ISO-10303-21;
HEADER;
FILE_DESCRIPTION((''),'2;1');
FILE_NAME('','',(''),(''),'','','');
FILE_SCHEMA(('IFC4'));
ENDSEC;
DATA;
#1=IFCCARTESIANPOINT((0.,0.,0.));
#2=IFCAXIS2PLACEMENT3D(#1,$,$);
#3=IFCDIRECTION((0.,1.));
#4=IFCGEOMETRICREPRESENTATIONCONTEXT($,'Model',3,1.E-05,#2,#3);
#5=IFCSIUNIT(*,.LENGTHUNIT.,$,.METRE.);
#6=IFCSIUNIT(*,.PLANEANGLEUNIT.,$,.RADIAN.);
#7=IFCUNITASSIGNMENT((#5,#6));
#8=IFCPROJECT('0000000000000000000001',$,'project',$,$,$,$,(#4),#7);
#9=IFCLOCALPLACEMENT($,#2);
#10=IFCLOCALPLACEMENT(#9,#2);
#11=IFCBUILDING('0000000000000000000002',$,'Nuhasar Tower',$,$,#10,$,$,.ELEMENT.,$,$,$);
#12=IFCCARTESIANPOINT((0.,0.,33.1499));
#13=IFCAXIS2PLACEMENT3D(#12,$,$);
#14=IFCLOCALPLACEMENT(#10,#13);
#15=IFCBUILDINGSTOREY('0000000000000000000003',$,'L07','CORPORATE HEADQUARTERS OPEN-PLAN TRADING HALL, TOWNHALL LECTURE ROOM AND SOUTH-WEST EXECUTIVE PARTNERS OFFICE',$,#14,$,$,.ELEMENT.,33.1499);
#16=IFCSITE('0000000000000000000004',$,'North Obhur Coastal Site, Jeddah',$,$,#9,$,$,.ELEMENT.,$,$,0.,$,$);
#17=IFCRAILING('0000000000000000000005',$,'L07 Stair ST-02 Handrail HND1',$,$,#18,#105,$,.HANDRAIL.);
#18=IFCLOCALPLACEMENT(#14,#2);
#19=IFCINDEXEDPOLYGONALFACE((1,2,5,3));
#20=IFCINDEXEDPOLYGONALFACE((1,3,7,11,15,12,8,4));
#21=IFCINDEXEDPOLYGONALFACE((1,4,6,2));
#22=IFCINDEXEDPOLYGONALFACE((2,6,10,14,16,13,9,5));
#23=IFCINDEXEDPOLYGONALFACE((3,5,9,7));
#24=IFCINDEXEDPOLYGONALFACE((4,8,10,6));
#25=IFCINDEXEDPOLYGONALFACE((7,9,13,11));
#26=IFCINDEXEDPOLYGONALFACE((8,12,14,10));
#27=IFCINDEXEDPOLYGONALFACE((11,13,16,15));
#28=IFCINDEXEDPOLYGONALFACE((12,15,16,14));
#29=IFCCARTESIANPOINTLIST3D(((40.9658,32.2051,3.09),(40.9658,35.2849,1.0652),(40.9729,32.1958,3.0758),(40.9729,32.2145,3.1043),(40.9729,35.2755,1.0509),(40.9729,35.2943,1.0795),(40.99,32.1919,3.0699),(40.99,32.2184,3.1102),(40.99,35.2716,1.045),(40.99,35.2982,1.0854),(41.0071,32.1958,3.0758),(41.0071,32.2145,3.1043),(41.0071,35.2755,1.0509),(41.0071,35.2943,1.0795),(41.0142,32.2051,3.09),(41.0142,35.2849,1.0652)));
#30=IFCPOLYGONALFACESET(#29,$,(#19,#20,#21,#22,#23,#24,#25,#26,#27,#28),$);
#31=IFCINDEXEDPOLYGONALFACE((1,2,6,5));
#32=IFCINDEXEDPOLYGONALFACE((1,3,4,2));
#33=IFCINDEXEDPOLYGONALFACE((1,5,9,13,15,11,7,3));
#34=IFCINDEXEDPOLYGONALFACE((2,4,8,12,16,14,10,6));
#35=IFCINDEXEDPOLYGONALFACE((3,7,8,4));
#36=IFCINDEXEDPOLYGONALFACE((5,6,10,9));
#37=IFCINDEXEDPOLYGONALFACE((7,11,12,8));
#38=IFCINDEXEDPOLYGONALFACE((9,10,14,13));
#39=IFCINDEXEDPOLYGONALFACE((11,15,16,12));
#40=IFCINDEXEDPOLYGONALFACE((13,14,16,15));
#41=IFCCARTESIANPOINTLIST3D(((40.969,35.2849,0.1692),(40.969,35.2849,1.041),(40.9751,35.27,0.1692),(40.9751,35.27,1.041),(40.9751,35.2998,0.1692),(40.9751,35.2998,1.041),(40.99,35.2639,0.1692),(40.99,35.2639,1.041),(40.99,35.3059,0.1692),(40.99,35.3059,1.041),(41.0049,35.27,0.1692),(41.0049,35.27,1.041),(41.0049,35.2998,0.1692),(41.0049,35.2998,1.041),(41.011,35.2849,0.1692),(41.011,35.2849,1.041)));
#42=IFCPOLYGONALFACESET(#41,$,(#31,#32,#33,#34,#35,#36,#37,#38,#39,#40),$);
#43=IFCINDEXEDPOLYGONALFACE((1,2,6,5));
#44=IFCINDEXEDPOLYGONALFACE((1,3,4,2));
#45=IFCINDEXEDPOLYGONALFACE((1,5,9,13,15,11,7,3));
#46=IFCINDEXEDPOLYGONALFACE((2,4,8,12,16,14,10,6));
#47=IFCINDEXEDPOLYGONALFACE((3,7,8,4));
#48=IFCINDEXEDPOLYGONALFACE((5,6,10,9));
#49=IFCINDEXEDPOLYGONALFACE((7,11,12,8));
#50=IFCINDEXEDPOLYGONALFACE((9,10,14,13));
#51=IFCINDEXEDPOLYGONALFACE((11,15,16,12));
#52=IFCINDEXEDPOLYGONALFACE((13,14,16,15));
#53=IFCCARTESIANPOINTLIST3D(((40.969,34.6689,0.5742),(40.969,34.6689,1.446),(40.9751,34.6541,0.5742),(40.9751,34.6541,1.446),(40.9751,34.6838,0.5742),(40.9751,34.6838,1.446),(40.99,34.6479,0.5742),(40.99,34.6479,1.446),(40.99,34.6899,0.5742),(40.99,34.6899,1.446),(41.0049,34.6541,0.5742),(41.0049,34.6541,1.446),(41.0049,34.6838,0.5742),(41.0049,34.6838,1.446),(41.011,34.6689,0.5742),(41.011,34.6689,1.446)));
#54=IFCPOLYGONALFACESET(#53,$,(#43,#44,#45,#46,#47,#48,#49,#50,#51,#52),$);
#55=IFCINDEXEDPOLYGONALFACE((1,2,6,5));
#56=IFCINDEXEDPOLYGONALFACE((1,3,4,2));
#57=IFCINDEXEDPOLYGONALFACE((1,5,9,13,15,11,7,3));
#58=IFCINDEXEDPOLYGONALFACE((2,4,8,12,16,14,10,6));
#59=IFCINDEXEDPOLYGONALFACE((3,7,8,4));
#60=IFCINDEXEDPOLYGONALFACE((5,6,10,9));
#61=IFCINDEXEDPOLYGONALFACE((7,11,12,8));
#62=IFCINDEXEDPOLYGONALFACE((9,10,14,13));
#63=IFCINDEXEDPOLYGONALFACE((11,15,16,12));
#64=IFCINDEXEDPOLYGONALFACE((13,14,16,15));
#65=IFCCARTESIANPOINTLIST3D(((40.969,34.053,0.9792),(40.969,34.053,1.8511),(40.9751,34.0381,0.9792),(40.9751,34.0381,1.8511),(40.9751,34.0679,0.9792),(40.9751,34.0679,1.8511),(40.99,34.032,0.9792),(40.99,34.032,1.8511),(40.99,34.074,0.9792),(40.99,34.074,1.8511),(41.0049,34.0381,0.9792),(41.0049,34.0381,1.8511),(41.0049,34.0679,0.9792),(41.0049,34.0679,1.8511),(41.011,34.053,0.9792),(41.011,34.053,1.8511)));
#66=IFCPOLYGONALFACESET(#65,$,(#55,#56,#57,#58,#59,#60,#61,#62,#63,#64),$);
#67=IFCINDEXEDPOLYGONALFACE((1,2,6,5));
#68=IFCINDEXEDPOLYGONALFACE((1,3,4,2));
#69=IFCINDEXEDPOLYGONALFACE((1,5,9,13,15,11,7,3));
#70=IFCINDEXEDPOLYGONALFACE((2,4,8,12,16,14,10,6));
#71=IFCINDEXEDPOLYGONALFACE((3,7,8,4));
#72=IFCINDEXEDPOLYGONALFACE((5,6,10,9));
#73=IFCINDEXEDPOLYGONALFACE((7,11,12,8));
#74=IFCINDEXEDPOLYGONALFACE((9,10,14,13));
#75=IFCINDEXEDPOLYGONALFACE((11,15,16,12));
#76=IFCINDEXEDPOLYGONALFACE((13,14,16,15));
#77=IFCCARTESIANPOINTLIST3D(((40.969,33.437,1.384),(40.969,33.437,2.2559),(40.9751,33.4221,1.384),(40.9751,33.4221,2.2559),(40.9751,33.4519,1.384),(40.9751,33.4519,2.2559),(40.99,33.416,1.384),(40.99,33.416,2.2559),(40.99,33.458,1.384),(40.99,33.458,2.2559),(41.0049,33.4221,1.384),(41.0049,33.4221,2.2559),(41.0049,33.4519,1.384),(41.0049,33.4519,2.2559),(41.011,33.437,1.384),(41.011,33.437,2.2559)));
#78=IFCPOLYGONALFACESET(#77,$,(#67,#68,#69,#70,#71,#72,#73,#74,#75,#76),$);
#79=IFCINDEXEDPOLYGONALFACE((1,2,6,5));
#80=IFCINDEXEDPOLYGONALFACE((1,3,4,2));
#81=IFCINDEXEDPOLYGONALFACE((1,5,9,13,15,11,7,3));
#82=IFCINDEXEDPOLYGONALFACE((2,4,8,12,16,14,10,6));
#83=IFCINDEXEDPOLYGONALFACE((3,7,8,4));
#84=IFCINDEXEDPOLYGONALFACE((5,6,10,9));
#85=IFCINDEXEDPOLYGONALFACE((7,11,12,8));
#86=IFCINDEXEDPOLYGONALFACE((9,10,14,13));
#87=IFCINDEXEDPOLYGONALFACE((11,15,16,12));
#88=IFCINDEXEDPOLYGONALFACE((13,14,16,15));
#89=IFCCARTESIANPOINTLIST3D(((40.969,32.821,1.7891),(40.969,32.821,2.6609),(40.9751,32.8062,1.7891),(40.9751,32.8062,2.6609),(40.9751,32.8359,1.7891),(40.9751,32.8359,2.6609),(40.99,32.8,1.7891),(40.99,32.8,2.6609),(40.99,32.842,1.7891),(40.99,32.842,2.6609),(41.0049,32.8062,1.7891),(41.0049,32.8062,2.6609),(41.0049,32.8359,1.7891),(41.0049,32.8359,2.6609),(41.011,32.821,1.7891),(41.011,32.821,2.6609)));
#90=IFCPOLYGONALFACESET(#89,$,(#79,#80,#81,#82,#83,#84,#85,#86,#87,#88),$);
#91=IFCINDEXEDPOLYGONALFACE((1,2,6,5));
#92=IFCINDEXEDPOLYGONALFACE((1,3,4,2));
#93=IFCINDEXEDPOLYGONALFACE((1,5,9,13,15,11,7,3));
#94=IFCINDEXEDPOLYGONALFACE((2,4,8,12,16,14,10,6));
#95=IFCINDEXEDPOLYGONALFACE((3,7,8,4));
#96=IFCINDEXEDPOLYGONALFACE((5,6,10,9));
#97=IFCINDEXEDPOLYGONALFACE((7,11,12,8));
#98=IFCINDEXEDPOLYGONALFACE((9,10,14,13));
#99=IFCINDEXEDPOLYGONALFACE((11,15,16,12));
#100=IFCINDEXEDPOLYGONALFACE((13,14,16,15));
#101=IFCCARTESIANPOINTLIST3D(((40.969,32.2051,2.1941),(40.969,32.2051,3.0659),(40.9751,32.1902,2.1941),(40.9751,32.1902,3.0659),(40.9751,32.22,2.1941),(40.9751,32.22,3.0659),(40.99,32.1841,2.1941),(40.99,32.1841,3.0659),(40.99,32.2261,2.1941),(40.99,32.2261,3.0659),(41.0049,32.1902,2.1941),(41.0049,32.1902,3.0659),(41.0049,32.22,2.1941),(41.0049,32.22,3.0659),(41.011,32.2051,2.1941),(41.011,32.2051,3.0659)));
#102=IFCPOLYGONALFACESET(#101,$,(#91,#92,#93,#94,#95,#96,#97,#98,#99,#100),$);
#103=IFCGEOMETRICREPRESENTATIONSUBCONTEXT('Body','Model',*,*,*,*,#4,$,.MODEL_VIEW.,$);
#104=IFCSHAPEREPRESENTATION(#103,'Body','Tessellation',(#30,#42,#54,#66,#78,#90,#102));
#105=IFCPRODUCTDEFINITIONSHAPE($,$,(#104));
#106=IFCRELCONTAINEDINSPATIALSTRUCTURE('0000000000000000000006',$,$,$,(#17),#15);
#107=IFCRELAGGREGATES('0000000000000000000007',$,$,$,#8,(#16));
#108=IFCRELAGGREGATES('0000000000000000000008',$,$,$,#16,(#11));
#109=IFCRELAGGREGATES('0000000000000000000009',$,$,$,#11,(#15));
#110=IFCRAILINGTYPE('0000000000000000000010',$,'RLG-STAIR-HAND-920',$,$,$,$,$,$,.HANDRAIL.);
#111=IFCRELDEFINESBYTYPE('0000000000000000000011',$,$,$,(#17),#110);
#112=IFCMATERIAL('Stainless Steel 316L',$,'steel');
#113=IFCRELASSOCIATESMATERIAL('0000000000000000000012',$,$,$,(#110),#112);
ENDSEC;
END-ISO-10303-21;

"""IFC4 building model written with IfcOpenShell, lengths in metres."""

from ifc_helpers import new_model, si_unit, direction, frame, origin, place, context, subcontext, project, spatial, polyline, outline, extrude, material, type_object, element, save


model = new_model("IFC4")

# Units and contexts
model_context = context("Model", 3, precision=1e-05, world=origin(), true_north=direction((0.0, 1.0)))
body_context = subcontext(model_context, "Body", "Model", "MODEL_VIEW")
ifc_project = project(units=[si_unit("LENGTHUNIT", "METRE"), si_unit("PLANEANGLEUNIT", "RADIAN")], contexts=[model_context])

# Site, building, storey
site_placement = place(None, origin())
site = spatial("IfcSite", under=ifc_project, at=site_placement, Name="North Obhur Coastal Site, Jeddah", CompositionType="ELEMENT", RefElevation=0.0)
building_placement = place(site_placement, origin())
building = spatial("IfcBuilding", under=site, at=building_placement, Name="Nuhasar Tower", CompositionType="ELEMENT")
storey_placement = place(building_placement, frame((0.0, 0.0, 33.1499)))
storey = spatial("IfcBuildingStorey", under=building, at=storey_placement, Name="L07", Description="CORPORATE HEADQUARTERS OPEN-PLAN TRADING HALL, TOWNHALL LECTURE ROOM AND SOUTH-WEST EXECUTIVE PARTNERS OFFICE", CompositionType="ELEMENT", Elevation=33.1499)

# Railing
ifc_material_1 = material(Name="Stainless Steel 316L", Category="steel")
railing_type_1 = type_object("IfcRailingType", Name="RLG-STAIR-HAND-920", PredefinedType="HANDRAIL", material=ifc_material_1)
railing_1_placement = place(storey_placement, frame((40.99, 35.2849, 0.1692)))
element("IfcRailing", 1, at=railing_1_placement, inside=storey, type_object=railing_type_1, Name="L07 Stair ST-02 Handrail HND1", PredefinedType="HANDRAIL", context=body_context, shape_type="SweptSolid", body=[
    extrude(outline(polyline([(0.0242, 0.0), (0.0171, 0.0171), (0.0, 0.0242), (-0.0171, 0.0171), (-0.0242, 0.0), (-0.0171, -0.0171), (0.0, -0.0242), (0.0171, -0.0171), (0.0242, 0.0)])), frame((0.0, 0.0, 0.896), z_axis=(0.0, -0.83558, 0.54937), x_axis=(1.0, 0.0, 0.0)), (0.0, 0.0, 1.0), 3.6858),
    extrude(outline(polyline([(0.021, 0.0), (0.0149, 0.0149), (0.0, 0.021), (-0.0149, 0.0149), (-0.021, 0.0), (-0.0149, -0.0149), (0.0, -0.021), (0.0149, -0.0149), (0.021, 0.0)])), origin(), (0.0, 0.0, 1.0), 0.8718),
    extrude(outline(polyline([(0.021, 0.0), (0.0149, 0.0149), (0.0, 0.021), (-0.0149, 0.0149), (-0.021, 0.0), (-0.0149, -0.0149), (0.0, -0.021), (0.0149, -0.0149), (0.021, 0.0)])), frame((0.0, -0.616, 0.405)), (0.0, 0.0, 1.0), 0.8718),
    extrude(outline(polyline([(0.021, 0.0), (0.0149, 0.0149), (0.0, 0.021), (-0.0149, 0.0149), (-0.021, 0.0), (-0.0149, -0.0149), (0.0, -0.021), (0.0149, -0.0149), (0.021, 0.0)])), frame((0.0, -1.2319, 0.8101)), (0.0, 0.0, 1.0), 0.8718),
    extrude(outline(polyline([(0.021, 0.0), (0.0149, 0.0149), (0.0, 0.021), (-0.0149, 0.0149), (-0.021, 0.0), (-0.0149, -0.0149), (0.0, -0.021), (0.0149, -0.0149), (0.021, 0.0)])), frame((0.0, -1.8479, 1.2148)), (0.0, 0.0, 1.0), 0.8718),
    extrude(outline(polyline([(0.021, 0.0), (0.0149, 0.0149), (0.0, 0.021), (-0.0149, 0.0149), (-0.021, 0.0), (-0.0149, -0.0149), (0.0, -0.021), (0.0149, -0.0149), (0.021, 0.0)])), frame((0.0, -2.4639, 1.6199)), (0.0, 0.0, 1.0), 0.8718),
    extrude(outline(polyline([(0.021, 0.0), (0.0149, 0.0149), (0.0, 0.021), (-0.0149, 0.0149), (-0.021, 0.0), (-0.0149, -0.0149), (0.0, -0.021), (0.0149, -0.0149), (0.021, 0.0)])), frame((0.0, -3.0798, 2.0249)), (0.0, 0.0, 1.0), 0.8718),
])

save(model, "model.ifc")
